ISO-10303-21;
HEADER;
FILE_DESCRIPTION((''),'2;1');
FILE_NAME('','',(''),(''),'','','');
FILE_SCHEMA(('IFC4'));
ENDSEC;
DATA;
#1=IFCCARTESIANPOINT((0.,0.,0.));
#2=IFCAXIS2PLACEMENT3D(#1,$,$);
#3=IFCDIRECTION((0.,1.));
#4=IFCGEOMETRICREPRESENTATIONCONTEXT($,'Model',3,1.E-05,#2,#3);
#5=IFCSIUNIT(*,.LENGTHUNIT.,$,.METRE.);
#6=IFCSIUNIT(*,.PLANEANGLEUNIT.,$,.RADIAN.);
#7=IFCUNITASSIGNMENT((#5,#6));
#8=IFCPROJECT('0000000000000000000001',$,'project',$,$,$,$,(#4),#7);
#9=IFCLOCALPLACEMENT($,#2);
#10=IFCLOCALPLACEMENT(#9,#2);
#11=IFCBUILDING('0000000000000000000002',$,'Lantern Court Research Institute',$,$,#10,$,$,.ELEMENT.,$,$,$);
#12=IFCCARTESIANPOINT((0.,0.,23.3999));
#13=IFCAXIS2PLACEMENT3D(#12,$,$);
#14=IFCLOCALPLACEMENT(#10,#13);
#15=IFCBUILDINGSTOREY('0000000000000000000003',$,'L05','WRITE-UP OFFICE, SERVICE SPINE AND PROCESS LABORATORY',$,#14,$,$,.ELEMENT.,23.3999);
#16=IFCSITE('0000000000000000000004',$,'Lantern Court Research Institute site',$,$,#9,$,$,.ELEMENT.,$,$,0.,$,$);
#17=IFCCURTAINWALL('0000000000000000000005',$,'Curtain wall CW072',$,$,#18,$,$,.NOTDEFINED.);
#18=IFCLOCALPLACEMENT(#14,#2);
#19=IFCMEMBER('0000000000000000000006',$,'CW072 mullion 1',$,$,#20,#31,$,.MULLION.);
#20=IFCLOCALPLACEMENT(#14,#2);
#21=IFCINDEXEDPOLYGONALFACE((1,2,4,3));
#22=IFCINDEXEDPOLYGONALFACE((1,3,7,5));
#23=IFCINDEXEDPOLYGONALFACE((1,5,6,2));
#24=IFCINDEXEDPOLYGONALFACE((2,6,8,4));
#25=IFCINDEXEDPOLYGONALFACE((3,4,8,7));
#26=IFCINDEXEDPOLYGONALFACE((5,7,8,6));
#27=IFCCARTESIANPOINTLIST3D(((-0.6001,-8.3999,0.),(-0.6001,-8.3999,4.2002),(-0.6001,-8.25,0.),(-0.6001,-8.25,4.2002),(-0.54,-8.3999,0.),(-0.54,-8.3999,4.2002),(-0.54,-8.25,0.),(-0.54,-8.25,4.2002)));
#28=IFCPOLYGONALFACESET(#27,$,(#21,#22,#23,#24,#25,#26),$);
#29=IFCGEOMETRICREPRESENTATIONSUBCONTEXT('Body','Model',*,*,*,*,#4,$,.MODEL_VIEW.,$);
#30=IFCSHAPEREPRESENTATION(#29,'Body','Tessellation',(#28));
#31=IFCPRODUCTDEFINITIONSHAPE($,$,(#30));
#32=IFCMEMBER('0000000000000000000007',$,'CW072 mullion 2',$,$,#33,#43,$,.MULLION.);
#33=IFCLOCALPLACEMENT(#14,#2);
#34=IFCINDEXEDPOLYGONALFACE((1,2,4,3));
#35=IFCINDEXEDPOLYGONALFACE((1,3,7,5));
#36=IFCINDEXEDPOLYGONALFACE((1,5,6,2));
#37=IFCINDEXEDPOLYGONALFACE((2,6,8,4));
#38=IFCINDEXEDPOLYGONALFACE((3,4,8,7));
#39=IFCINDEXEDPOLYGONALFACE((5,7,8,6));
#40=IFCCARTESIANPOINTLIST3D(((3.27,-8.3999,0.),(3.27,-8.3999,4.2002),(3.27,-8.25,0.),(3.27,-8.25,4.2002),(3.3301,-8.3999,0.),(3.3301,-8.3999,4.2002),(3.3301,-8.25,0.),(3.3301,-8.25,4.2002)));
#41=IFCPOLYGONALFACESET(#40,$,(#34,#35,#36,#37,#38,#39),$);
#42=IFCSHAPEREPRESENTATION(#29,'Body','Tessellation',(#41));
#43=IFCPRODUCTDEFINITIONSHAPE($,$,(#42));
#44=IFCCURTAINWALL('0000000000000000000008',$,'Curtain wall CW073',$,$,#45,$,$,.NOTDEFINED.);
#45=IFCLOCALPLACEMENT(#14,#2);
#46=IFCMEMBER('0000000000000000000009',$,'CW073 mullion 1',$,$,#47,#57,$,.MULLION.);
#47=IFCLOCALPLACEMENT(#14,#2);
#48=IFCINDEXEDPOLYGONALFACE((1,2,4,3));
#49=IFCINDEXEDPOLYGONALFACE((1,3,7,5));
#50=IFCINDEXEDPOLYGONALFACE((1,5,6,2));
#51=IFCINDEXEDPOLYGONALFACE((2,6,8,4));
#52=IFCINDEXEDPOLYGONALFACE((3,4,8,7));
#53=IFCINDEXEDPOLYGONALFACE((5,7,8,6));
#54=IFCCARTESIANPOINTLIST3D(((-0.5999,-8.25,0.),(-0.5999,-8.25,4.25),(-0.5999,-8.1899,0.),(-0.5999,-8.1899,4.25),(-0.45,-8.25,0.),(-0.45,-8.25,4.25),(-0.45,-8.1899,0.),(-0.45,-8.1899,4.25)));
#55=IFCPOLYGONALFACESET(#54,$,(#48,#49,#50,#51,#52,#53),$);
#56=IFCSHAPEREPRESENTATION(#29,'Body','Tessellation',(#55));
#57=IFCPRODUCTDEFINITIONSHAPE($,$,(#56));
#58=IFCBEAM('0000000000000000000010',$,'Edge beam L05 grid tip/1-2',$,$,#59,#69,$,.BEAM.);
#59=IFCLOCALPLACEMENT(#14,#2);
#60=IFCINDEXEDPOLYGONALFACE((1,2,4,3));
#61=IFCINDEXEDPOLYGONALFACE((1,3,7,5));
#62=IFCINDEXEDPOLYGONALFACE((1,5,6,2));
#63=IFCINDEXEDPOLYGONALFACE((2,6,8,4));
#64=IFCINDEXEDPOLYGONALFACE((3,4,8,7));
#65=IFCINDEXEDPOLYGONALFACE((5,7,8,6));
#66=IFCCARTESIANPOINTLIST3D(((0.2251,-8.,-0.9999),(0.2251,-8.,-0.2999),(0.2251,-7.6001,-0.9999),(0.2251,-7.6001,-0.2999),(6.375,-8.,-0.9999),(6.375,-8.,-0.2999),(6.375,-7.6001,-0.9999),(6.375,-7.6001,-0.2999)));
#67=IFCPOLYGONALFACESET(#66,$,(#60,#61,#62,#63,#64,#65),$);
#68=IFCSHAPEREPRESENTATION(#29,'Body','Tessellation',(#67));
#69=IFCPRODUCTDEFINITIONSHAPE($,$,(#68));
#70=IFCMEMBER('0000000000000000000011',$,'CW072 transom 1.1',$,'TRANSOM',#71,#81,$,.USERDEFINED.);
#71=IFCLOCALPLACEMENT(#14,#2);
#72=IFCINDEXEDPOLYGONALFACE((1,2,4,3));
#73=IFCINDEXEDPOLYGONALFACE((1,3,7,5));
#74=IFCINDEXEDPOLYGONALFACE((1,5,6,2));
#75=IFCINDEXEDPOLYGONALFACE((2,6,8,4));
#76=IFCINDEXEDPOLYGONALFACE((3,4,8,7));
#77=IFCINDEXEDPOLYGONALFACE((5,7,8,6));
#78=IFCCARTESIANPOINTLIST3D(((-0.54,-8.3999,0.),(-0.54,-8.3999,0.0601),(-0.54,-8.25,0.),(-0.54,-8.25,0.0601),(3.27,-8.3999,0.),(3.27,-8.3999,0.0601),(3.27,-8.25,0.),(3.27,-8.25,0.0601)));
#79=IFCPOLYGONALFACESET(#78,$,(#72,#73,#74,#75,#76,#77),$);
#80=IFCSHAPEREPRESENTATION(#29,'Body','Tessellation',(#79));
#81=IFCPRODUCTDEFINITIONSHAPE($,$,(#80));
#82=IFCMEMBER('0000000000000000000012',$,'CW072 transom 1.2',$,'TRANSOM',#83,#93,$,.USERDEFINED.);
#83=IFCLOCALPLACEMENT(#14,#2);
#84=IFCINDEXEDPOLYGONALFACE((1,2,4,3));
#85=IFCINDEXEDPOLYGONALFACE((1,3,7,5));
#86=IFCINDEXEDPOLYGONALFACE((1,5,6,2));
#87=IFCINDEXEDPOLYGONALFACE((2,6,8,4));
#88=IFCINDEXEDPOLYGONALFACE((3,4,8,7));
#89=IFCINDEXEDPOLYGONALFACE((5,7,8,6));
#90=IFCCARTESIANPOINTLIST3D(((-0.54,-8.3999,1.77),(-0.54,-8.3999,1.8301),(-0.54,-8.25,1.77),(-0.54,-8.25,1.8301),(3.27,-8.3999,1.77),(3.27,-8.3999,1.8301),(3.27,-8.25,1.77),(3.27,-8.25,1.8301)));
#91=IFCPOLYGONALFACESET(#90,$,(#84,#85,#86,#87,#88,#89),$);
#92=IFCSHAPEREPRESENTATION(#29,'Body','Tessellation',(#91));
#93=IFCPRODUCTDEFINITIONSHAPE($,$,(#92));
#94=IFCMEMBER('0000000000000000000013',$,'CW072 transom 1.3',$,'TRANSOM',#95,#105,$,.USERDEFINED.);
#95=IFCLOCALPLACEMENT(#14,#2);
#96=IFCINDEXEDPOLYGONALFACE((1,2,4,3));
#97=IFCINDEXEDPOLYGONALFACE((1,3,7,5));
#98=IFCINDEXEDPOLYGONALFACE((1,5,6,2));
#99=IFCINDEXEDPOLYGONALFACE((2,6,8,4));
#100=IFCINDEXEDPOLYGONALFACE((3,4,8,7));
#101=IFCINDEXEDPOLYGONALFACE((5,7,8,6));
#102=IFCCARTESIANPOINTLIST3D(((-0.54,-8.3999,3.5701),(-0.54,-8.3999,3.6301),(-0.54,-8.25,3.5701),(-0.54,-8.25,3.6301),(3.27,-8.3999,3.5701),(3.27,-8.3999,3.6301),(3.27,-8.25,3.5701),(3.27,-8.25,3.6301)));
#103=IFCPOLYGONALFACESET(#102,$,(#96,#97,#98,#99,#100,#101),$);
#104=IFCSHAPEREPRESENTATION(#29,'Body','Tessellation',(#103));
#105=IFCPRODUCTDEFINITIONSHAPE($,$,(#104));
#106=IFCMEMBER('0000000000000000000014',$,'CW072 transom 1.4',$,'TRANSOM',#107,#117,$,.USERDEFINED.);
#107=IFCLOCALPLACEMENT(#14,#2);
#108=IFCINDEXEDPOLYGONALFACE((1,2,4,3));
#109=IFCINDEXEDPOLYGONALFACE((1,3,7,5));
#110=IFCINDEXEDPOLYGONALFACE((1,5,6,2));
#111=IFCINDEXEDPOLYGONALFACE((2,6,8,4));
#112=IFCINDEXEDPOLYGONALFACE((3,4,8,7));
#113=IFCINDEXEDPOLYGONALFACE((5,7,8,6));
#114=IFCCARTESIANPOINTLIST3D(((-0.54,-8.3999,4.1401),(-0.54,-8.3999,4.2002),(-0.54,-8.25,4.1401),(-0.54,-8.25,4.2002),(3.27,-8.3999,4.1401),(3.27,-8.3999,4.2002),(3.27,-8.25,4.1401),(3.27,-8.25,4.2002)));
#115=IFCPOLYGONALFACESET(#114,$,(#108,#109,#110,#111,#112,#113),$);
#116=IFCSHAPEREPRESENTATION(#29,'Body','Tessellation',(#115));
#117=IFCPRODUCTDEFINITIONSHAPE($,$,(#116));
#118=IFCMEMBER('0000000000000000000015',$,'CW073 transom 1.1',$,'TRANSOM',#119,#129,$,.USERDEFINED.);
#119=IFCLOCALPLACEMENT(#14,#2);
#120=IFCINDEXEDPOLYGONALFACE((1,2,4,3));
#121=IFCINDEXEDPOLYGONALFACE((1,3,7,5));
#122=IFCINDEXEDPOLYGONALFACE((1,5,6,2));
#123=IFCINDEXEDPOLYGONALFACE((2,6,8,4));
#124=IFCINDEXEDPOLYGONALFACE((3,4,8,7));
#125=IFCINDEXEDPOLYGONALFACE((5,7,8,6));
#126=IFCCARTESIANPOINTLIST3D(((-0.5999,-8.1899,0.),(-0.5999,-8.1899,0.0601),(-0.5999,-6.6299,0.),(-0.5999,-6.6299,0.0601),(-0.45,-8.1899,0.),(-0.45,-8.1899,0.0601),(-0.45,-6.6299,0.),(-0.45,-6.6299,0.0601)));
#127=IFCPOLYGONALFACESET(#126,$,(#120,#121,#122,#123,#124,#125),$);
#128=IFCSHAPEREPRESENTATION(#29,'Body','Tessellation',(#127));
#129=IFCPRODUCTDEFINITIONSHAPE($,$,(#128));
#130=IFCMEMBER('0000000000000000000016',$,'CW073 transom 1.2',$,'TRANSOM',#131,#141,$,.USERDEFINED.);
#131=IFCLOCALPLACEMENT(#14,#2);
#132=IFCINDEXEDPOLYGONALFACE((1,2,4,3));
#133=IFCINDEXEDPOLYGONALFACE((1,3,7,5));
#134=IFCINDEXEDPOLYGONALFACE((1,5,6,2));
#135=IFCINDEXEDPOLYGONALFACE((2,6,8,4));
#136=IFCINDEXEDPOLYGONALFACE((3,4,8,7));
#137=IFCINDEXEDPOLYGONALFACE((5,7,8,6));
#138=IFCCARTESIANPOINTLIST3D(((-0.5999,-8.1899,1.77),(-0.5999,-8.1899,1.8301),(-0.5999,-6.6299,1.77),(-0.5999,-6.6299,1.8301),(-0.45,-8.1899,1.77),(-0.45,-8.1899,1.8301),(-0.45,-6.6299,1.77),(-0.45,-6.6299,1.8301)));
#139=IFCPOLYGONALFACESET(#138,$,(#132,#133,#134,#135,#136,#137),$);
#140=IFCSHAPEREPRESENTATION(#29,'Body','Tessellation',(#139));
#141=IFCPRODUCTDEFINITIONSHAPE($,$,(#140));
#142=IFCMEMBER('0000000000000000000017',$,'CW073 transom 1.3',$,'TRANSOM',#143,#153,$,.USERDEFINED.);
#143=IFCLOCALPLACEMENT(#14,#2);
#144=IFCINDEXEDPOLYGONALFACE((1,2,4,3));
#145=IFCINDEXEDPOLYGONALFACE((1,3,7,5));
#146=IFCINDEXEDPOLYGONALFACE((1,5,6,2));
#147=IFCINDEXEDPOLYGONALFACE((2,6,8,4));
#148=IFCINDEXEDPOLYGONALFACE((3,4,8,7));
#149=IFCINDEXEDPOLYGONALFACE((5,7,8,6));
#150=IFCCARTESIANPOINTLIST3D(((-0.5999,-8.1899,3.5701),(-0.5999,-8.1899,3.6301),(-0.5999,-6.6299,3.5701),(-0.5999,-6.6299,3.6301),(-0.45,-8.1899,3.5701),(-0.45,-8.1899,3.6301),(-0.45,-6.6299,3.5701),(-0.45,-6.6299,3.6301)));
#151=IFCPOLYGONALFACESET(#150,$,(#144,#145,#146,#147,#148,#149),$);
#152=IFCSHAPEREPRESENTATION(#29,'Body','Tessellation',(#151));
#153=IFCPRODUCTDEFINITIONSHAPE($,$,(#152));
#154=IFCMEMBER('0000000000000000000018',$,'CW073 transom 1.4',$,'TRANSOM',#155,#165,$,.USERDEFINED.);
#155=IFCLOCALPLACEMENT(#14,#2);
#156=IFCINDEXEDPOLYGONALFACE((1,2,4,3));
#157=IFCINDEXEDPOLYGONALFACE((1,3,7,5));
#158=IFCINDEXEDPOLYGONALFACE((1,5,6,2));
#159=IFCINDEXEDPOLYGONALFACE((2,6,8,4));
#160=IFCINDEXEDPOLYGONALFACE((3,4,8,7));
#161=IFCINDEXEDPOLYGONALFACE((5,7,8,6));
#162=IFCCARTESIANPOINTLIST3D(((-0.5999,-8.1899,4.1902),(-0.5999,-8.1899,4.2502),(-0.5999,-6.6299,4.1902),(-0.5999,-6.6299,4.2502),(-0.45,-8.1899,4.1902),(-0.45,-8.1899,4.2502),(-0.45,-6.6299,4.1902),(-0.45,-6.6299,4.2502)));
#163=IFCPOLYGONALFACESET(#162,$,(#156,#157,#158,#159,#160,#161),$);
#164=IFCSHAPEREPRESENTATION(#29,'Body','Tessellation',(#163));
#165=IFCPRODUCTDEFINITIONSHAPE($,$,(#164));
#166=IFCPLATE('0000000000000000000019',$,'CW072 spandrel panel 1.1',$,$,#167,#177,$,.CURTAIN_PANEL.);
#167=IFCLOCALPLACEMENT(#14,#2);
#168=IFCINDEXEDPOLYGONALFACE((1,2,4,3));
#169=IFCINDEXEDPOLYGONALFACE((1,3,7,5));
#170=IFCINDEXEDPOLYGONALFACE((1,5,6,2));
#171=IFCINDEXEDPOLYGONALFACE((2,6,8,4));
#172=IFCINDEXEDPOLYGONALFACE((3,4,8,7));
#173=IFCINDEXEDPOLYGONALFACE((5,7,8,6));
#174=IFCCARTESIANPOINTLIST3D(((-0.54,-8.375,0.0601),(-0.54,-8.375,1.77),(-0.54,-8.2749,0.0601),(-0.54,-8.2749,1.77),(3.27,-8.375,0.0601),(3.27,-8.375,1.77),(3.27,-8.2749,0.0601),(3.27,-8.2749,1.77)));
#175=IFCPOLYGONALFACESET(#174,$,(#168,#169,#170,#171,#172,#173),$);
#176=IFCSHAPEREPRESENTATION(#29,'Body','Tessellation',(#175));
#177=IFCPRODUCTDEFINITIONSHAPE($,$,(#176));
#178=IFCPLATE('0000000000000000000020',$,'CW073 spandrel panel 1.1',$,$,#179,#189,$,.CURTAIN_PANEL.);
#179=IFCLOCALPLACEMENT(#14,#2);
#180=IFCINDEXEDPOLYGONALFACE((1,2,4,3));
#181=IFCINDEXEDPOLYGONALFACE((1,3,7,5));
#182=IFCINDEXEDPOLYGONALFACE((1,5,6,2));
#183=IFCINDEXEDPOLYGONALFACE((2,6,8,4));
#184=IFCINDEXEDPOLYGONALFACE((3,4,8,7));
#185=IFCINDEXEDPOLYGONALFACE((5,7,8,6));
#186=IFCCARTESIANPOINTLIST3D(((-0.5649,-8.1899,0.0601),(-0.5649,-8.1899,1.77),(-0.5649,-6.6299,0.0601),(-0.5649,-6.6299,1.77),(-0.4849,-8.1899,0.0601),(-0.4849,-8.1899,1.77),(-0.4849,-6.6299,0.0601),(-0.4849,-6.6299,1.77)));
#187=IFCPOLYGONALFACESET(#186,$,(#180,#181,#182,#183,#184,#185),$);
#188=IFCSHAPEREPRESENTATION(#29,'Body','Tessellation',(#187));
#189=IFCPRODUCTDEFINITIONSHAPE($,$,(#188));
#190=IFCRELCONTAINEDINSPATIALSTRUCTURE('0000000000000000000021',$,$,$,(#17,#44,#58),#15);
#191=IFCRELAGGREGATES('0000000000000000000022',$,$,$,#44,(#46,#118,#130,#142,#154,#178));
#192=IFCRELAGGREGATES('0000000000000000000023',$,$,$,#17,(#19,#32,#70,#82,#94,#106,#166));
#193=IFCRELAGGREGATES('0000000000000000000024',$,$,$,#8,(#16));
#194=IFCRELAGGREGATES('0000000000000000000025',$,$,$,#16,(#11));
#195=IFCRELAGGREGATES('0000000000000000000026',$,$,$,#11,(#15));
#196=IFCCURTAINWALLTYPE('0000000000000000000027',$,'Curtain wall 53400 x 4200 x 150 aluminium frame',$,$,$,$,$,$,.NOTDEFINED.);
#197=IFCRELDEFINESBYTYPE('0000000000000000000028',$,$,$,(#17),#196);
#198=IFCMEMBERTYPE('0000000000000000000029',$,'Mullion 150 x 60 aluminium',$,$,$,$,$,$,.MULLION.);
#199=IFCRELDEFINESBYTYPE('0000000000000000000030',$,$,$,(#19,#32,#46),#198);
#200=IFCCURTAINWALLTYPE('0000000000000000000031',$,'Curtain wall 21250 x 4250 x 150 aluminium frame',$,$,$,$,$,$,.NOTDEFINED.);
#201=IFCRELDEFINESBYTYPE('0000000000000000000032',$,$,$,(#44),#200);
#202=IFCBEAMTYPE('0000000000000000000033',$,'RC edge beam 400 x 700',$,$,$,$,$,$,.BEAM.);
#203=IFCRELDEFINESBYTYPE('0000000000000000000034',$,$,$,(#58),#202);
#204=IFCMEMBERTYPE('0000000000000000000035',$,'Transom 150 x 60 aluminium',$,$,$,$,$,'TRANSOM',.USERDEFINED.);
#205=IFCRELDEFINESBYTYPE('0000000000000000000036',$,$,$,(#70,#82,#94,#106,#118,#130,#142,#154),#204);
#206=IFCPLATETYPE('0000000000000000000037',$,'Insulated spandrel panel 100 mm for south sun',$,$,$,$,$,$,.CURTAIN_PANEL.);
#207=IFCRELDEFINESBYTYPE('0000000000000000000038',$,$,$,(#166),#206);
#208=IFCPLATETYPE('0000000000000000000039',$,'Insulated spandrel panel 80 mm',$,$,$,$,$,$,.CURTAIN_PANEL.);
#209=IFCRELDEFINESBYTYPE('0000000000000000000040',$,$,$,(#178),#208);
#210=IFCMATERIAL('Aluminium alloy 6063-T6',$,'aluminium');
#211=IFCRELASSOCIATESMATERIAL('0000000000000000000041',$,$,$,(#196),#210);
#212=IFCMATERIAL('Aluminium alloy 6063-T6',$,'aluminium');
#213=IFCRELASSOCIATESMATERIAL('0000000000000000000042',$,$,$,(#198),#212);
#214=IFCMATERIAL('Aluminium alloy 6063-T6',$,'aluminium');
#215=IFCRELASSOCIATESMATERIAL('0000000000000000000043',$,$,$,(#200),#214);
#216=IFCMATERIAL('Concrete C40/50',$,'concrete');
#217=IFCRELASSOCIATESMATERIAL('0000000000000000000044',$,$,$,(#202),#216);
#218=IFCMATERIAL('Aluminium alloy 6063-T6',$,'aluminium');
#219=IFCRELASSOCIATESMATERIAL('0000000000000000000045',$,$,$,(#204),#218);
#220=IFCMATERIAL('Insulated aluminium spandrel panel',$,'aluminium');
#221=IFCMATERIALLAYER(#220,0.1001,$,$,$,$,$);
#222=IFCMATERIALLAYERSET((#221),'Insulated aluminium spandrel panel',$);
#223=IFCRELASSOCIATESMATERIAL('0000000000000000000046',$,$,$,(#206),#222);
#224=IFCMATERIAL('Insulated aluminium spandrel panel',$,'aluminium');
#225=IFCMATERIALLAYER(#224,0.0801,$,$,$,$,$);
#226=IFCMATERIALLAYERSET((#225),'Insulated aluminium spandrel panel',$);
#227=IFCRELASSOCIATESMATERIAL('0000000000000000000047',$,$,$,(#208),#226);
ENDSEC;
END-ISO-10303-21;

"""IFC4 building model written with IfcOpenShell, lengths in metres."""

from ifc_helpers import new_model, si_unit, direction, frame, origin, origin_2d, place, context, subcontext, project, spatial, rectangle, extrude, material, layer, layer_set, material_profile, profile_set, type_object, element, aggregate, save


model = new_model("IFC4")

# Units and contexts
model_context = context("Model", 3, precision=1e-05, world=origin(), true_north=direction((0.0, 1.0)))
body_context = subcontext(model_context, "Body", "Model", "MODEL_VIEW")
ifc_project = project(units=[si_unit("LENGTHUNIT", "METRE"), si_unit("PLANEANGLEUNIT", "RADIAN")], contexts=[model_context])

# Site, building, storey
site_placement = place(None, origin())
site = spatial("IfcSite", under=ifc_project, at=site_placement, Name="Lantern Court Research Institute site", CompositionType="ELEMENT", RefElevation=0.0)
building_placement = place(site_placement, origin())
building = spatial("IfcBuilding", under=site, at=building_placement, Name="Lantern Court Research Institute", CompositionType="ELEMENT")
storey_placement = place(building_placement, frame((0.0, 0.0, 23.3999)))
storey = spatial("IfcBuildingStorey", under=building, at=storey_placement, Name="L05", Description="WRITE-UP OFFICE, SERVICE SPINE AND PROCESS LABORATORY", CompositionType="ELEMENT", Elevation=23.3999)

# Curtain wall, members
ifc_material_1 = material(Name="Aluminium alloy 6063-T6", Category="aluminium")
curtain_wall_type_1 = type_object("IfcCurtainWallType", Name="Curtain wall 53400 x 4200 x 150 aluminium frame", PredefinedType="NOTDEFINED", material=ifc_material_1)
curtain_wall_1_placement = place(storey_placement, origin())
curtain_wall_1 = element("IfcCurtainWall", 1, at=curtain_wall_1_placement, inside=storey, type_object=curtain_wall_type_1, Name="Curtain wall CW072", PredefinedType="NOTDEFINED")
ifc_material_2 = material(Name="Aluminium alloy 6063-T6", Category="aluminium")
ifc_material_profile_1 = material_profile(ifc_material_2, rectangle(XDim=0.1499, YDim=0.0601, at=origin_2d()), Name="Mullion 150 x 60")
ifc_profile_set_1 = profile_set([ifc_material_profile_1], Name="Aluminium alloy 6063-T6")
member_type_1 = type_object("IfcMemberType", Name="Mullion 150 x 60 aluminium", PredefinedType="MULLION", material=ifc_profile_set_1)
member_1_placement = place(storey_placement, frame((-0.5701, -8.325, 0.0), z_axis=(0.0, 0.0, 1.0), x_axis=(0.0, -1.0, 0.0)))
member_1 = element("IfcMember", 2, at=member_1_placement, type_object=member_type_1, Name="CW072 mullion 1", PredefinedType="MULLION", context=body_context, shape_type="SweptSolid", body=[
    extrude(rectangle(XDim=0.1499, YDim=0.0601, at=origin_2d()), origin(), (0.0, 0.0, 1.0), 4.2002),
])
member_2_placement = place(storey_placement, frame((3.3, -8.325, 0.0), z_axis=(0.0, 0.0, 1.0), x_axis=(0.0, -1.0, 0.0)))
member_2 = element("IfcMember", 3, at=member_2_placement, type_object=member_type_1, Name="CW072 mullion 2", PredefinedType="MULLION", context=body_context, shape_type="SweptSolid", body=[
    extrude(rectangle(XDim=0.1499, YDim=0.0601, at=origin_2d()), origin(), (0.0, 0.0, 1.0), 4.2002),
])

# Curtain wall, member
ifc_material_3 = material(Name="Aluminium alloy 6063-T6", Category="aluminium")
curtain_wall_type_2 = type_object("IfcCurtainWallType", Name="Curtain wall 21250 x 4250 x 150 aluminium frame", PredefinedType="NOTDEFINED", material=ifc_material_3)
curtain_wall_2_placement = place(storey_placement, origin())
curtain_wall_2 = element("IfcCurtainWall", 4, at=curtain_wall_2_placement, inside=storey, type_object=curtain_wall_type_2, Name="Curtain wall CW073", PredefinedType="NOTDEFINED")
member_3_placement = place(storey_placement, frame((-0.5249, -8.22, 0.0), z_axis=(0.0, 0.0, 1.0), x_axis=(-1.0, 0.0, 0.0)))
member_3 = element("IfcMember", 5, at=member_3_placement, type_object=member_type_1, Name="CW073 mullion 1", PredefinedType="MULLION", context=body_context, shape_type="SweptSolid", body=[
    extrude(rectangle(XDim=0.1499, YDim=0.0601, at=origin_2d()), origin(), (0.0, 0.0, 1.0), 4.25),
])

# Beam
ifc_material_4 = material(Name="Concrete C40/50", Category="concrete")
ifc_material_profile_2 = material_profile(ifc_material_4, rectangle(XDim=0.3999, YDim=0.7, at=origin_2d()), Name="RC beam 400 x 700")
ifc_profile_set_2 = profile_set([ifc_material_profile_2], Name="Concrete C40/50")
beam_type = type_object("IfcBeamType", Name="RC edge beam 400 x 700", PredefinedType="BEAM", material=ifc_profile_set_2)
beam_placement = place(storey_placement, frame((0.2251, -7.8, -0.6499), z_axis=(1.0, 0.0, 0.0), x_axis=(0.0, 1.0, 0.0)))
element("IfcBeam", 6, at=beam_placement, inside=storey, type_object=beam_type, Name="Edge beam L05 grid tip/1-2", PredefinedType="BEAM", context=body_context, shape_type="SweptSolid", body=[
    extrude(rectangle(XDim=0.3999, YDim=0.7, at=origin_2d()), origin(), (0.0, 0.0, 1.0), 6.1499),
])

# Members
ifc_material_5 = material(Name="Aluminium alloy 6063-T6", Category="aluminium")
ifc_material_profile_3 = material_profile(ifc_material_5, rectangle(XDim=0.1499, YDim=0.0601, at=origin_2d()), Name="Transom 150 x 60")
ifc_profile_set_3 = profile_set([ifc_material_profile_3], Name="Aluminium alloy 6063-T6")
member_type_2 = type_object("IfcMemberType", Name="Transom 150 x 60 aluminium", ElementType="TRANSOM", PredefinedType="USERDEFINED", material=ifc_profile_set_3)
member_4_placement = place(storey_placement, frame((3.27, -8.325, 0.03), z_axis=(-1.0, 0.0, 0.0), x_axis=(0.0, -1.0, 0.0)))
member_4 = element("IfcMember", 7, at=member_4_placement, type_object=member_type_2, Name="CW072 transom 1.1", ObjectType="TRANSOM", PredefinedType="USERDEFINED", context=body_context, shape_type="SweptSolid", body=[
    extrude(rectangle(XDim=0.1499, YDim=0.0601, at=origin_2d()), origin(), (0.0, 0.0, 1.0), 3.8101),
])
member_5_placement = place(storey_placement, frame((3.27, -8.325, 1.8), z_axis=(-1.0, 0.0, 0.0), x_axis=(0.0, -1.0, 0.0)))
member_5 = element("IfcMember", 8, at=member_5_placement, type_object=member_type_2, Name="CW072 transom 1.2", ObjectType="TRANSOM", PredefinedType="USERDEFINED", context=body_context, shape_type="SweptSolid", body=[
    extrude(rectangle(XDim=0.1499, YDim=0.0601, at=origin_2d()), origin(), (0.0, 0.0, 1.0), 3.8101),
])
member_6_placement = place(storey_placement, frame((3.27, -8.325, 3.6001), z_axis=(-1.0, 0.0, 0.0), x_axis=(0.0, -1.0, 0.0)))
member_6 = element("IfcMember", 9, at=member_6_placement, type_object=member_type_2, Name="CW072 transom 1.3", ObjectType="TRANSOM", PredefinedType="USERDEFINED", context=body_context, shape_type="SweptSolid", body=[
    extrude(rectangle(XDim=0.1499, YDim=0.0601, at=origin_2d()), origin(), (0.0, 0.0, 1.0), 3.8101),
])
member_7_placement = place(storey_placement, frame((3.27, -8.325, 4.1702), z_axis=(-1.0, 0.0, 0.0), x_axis=(0.0, -1.0, 0.0)))
member_7 = element("IfcMember", 10, at=member_7_placement, type_object=member_type_2, Name="CW072 transom 1.4", ObjectType="TRANSOM", PredefinedType="USERDEFINED", context=body_context, shape_type="SweptSolid", body=[
    extrude(rectangle(XDim=0.1499, YDim=0.0601, at=origin_2d()), origin(), (0.0, 0.0, 1.0), 3.8101),
])
member_8_placement = place(storey_placement, frame((-0.5249, -8.1899, 0.03), z_axis=(0.0, 1.0, 0.0), x_axis=(-1.0, 0.0, 0.0)))
member_8 = element("IfcMember", 11, at=member_8_placement, type_object=member_type_2, Name="CW073 transom 1.1", ObjectType="TRANSOM", PredefinedType="USERDEFINED", context=body_context, shape_type="SweptSolid", body=[
    extrude(rectangle(XDim=0.1499, YDim=0.0601, at=origin_2d()), origin(), (0.0, 0.0, 1.0), 1.5601),
])
member_9_placement = place(storey_placement, frame((-0.5249, -8.1899, 1.8), z_axis=(0.0, 1.0, 0.0), x_axis=(-1.0, 0.0, 0.0)))
member_9 = element("IfcMember", 12, at=member_9_placement, type_object=member_type_2, Name="CW073 transom 1.2", ObjectType="TRANSOM", PredefinedType="USERDEFINED", context=body_context, shape_type="SweptSolid", body=[
    extrude(rectangle(XDim=0.1499, YDim=0.0601, at=origin_2d()), origin(), (0.0, 0.0, 1.0), 1.5601),
])
member_10_placement = place(storey_placement, frame((-0.5249, -8.1899, 3.6001), z_axis=(0.0, 1.0, 0.0), x_axis=(-1.0, 0.0, 0.0)))
member_10 = element("IfcMember", 13, at=member_10_placement, type_object=member_type_2, Name="CW073 transom 1.3", ObjectType="TRANSOM", PredefinedType="USERDEFINED", context=body_context, shape_type="SweptSolid", body=[
    extrude(rectangle(XDim=0.1499, YDim=0.0601, at=origin_2d()), origin(), (0.0, 0.0, 1.0), 1.5601),
])
member_11_placement = place(storey_placement, frame((-0.5249, -8.1899, 4.2202), z_axis=(0.0, 1.0, 0.0), x_axis=(-1.0, 0.0, 0.0)))
member_11 = element("IfcMember", 14, at=member_11_placement, type_object=member_type_2, Name="CW073 transom 1.4", ObjectType="TRANSOM", PredefinedType="USERDEFINED", context=body_context, shape_type="SweptSolid", body=[
    extrude(rectangle(XDim=0.1499, YDim=0.0601, at=origin_2d()), origin(), (0.0, 0.0, 1.0), 1.5601),
])

# Plates
ifc_material_6 = material(Name="Insulated aluminium spandrel panel", Category="aluminium")
ifc_layer_1 = layer(ifc_material_6, 0.1001)
ifc_layer_set_1 = layer_set([ifc_layer_1], Name="Insulated aluminium spandrel panel")
plate_type_1 = type_object("IfcPlateType", Name="Insulated spandrel panel 100 mm for south sun", PredefinedType="CURTAIN_PANEL", material=ifc_layer_set_1)
plate_1_placement = place(storey_placement, frame((1.365, -8.325, 0.0601), z_axis=(0.0, 0.0, 1.0), x_axis=(-1.0, 0.0, 0.0)))
plate_1 = element("IfcPlate", 15, at=plate_1_placement, type_object=plate_type_1, Name="CW072 spandrel panel 1.1", PredefinedType="CURTAIN_PANEL", context=body_context, shape_type="SweptSolid", body=[
    extrude(rectangle(XDim=3.8101, YDim=0.1001, at=origin_2d()), origin(), (0.0, 0.0, 1.0), 1.71),
])
ifc_material_7 = material(Name="Insulated aluminium spandrel panel", Category="aluminium")
ifc_layer_2 = layer(ifc_material_7, 0.0801)
ifc_layer_set_2 = layer_set([ifc_layer_2], Name="Insulated aluminium spandrel panel")
plate_type_2 = type_object("IfcPlateType", Name="Insulated spandrel panel 80 mm", PredefinedType="CURTAIN_PANEL", material=ifc_layer_set_2)
plate_2_placement = place(storey_placement, frame((-0.5249, -7.4099, 0.0601), z_axis=(0.0, 0.0, 1.0), x_axis=(0.0, 1.0, 0.0)))
plate_2 = element("IfcPlate", 16, at=plate_2_placement, type_object=plate_type_2, Name="CW073 spandrel panel 1.1", PredefinedType="CURTAIN_PANEL", context=body_context, shape_type="SweptSolid", body=[
    extrude(rectangle(XDim=1.5601, YDim=0.0801, at=origin_2d()), origin(), (0.0, 0.0, 1.0), 1.71),
])
aggregate(curtain_wall_2, [member_3, member_8, member_9, member_10, member_11, plate_2])
aggregate(curtain_wall_1, [member_1, member_2, member_4, member_5, member_6, member_7, plate_1])

save(model, "model.ifc")
